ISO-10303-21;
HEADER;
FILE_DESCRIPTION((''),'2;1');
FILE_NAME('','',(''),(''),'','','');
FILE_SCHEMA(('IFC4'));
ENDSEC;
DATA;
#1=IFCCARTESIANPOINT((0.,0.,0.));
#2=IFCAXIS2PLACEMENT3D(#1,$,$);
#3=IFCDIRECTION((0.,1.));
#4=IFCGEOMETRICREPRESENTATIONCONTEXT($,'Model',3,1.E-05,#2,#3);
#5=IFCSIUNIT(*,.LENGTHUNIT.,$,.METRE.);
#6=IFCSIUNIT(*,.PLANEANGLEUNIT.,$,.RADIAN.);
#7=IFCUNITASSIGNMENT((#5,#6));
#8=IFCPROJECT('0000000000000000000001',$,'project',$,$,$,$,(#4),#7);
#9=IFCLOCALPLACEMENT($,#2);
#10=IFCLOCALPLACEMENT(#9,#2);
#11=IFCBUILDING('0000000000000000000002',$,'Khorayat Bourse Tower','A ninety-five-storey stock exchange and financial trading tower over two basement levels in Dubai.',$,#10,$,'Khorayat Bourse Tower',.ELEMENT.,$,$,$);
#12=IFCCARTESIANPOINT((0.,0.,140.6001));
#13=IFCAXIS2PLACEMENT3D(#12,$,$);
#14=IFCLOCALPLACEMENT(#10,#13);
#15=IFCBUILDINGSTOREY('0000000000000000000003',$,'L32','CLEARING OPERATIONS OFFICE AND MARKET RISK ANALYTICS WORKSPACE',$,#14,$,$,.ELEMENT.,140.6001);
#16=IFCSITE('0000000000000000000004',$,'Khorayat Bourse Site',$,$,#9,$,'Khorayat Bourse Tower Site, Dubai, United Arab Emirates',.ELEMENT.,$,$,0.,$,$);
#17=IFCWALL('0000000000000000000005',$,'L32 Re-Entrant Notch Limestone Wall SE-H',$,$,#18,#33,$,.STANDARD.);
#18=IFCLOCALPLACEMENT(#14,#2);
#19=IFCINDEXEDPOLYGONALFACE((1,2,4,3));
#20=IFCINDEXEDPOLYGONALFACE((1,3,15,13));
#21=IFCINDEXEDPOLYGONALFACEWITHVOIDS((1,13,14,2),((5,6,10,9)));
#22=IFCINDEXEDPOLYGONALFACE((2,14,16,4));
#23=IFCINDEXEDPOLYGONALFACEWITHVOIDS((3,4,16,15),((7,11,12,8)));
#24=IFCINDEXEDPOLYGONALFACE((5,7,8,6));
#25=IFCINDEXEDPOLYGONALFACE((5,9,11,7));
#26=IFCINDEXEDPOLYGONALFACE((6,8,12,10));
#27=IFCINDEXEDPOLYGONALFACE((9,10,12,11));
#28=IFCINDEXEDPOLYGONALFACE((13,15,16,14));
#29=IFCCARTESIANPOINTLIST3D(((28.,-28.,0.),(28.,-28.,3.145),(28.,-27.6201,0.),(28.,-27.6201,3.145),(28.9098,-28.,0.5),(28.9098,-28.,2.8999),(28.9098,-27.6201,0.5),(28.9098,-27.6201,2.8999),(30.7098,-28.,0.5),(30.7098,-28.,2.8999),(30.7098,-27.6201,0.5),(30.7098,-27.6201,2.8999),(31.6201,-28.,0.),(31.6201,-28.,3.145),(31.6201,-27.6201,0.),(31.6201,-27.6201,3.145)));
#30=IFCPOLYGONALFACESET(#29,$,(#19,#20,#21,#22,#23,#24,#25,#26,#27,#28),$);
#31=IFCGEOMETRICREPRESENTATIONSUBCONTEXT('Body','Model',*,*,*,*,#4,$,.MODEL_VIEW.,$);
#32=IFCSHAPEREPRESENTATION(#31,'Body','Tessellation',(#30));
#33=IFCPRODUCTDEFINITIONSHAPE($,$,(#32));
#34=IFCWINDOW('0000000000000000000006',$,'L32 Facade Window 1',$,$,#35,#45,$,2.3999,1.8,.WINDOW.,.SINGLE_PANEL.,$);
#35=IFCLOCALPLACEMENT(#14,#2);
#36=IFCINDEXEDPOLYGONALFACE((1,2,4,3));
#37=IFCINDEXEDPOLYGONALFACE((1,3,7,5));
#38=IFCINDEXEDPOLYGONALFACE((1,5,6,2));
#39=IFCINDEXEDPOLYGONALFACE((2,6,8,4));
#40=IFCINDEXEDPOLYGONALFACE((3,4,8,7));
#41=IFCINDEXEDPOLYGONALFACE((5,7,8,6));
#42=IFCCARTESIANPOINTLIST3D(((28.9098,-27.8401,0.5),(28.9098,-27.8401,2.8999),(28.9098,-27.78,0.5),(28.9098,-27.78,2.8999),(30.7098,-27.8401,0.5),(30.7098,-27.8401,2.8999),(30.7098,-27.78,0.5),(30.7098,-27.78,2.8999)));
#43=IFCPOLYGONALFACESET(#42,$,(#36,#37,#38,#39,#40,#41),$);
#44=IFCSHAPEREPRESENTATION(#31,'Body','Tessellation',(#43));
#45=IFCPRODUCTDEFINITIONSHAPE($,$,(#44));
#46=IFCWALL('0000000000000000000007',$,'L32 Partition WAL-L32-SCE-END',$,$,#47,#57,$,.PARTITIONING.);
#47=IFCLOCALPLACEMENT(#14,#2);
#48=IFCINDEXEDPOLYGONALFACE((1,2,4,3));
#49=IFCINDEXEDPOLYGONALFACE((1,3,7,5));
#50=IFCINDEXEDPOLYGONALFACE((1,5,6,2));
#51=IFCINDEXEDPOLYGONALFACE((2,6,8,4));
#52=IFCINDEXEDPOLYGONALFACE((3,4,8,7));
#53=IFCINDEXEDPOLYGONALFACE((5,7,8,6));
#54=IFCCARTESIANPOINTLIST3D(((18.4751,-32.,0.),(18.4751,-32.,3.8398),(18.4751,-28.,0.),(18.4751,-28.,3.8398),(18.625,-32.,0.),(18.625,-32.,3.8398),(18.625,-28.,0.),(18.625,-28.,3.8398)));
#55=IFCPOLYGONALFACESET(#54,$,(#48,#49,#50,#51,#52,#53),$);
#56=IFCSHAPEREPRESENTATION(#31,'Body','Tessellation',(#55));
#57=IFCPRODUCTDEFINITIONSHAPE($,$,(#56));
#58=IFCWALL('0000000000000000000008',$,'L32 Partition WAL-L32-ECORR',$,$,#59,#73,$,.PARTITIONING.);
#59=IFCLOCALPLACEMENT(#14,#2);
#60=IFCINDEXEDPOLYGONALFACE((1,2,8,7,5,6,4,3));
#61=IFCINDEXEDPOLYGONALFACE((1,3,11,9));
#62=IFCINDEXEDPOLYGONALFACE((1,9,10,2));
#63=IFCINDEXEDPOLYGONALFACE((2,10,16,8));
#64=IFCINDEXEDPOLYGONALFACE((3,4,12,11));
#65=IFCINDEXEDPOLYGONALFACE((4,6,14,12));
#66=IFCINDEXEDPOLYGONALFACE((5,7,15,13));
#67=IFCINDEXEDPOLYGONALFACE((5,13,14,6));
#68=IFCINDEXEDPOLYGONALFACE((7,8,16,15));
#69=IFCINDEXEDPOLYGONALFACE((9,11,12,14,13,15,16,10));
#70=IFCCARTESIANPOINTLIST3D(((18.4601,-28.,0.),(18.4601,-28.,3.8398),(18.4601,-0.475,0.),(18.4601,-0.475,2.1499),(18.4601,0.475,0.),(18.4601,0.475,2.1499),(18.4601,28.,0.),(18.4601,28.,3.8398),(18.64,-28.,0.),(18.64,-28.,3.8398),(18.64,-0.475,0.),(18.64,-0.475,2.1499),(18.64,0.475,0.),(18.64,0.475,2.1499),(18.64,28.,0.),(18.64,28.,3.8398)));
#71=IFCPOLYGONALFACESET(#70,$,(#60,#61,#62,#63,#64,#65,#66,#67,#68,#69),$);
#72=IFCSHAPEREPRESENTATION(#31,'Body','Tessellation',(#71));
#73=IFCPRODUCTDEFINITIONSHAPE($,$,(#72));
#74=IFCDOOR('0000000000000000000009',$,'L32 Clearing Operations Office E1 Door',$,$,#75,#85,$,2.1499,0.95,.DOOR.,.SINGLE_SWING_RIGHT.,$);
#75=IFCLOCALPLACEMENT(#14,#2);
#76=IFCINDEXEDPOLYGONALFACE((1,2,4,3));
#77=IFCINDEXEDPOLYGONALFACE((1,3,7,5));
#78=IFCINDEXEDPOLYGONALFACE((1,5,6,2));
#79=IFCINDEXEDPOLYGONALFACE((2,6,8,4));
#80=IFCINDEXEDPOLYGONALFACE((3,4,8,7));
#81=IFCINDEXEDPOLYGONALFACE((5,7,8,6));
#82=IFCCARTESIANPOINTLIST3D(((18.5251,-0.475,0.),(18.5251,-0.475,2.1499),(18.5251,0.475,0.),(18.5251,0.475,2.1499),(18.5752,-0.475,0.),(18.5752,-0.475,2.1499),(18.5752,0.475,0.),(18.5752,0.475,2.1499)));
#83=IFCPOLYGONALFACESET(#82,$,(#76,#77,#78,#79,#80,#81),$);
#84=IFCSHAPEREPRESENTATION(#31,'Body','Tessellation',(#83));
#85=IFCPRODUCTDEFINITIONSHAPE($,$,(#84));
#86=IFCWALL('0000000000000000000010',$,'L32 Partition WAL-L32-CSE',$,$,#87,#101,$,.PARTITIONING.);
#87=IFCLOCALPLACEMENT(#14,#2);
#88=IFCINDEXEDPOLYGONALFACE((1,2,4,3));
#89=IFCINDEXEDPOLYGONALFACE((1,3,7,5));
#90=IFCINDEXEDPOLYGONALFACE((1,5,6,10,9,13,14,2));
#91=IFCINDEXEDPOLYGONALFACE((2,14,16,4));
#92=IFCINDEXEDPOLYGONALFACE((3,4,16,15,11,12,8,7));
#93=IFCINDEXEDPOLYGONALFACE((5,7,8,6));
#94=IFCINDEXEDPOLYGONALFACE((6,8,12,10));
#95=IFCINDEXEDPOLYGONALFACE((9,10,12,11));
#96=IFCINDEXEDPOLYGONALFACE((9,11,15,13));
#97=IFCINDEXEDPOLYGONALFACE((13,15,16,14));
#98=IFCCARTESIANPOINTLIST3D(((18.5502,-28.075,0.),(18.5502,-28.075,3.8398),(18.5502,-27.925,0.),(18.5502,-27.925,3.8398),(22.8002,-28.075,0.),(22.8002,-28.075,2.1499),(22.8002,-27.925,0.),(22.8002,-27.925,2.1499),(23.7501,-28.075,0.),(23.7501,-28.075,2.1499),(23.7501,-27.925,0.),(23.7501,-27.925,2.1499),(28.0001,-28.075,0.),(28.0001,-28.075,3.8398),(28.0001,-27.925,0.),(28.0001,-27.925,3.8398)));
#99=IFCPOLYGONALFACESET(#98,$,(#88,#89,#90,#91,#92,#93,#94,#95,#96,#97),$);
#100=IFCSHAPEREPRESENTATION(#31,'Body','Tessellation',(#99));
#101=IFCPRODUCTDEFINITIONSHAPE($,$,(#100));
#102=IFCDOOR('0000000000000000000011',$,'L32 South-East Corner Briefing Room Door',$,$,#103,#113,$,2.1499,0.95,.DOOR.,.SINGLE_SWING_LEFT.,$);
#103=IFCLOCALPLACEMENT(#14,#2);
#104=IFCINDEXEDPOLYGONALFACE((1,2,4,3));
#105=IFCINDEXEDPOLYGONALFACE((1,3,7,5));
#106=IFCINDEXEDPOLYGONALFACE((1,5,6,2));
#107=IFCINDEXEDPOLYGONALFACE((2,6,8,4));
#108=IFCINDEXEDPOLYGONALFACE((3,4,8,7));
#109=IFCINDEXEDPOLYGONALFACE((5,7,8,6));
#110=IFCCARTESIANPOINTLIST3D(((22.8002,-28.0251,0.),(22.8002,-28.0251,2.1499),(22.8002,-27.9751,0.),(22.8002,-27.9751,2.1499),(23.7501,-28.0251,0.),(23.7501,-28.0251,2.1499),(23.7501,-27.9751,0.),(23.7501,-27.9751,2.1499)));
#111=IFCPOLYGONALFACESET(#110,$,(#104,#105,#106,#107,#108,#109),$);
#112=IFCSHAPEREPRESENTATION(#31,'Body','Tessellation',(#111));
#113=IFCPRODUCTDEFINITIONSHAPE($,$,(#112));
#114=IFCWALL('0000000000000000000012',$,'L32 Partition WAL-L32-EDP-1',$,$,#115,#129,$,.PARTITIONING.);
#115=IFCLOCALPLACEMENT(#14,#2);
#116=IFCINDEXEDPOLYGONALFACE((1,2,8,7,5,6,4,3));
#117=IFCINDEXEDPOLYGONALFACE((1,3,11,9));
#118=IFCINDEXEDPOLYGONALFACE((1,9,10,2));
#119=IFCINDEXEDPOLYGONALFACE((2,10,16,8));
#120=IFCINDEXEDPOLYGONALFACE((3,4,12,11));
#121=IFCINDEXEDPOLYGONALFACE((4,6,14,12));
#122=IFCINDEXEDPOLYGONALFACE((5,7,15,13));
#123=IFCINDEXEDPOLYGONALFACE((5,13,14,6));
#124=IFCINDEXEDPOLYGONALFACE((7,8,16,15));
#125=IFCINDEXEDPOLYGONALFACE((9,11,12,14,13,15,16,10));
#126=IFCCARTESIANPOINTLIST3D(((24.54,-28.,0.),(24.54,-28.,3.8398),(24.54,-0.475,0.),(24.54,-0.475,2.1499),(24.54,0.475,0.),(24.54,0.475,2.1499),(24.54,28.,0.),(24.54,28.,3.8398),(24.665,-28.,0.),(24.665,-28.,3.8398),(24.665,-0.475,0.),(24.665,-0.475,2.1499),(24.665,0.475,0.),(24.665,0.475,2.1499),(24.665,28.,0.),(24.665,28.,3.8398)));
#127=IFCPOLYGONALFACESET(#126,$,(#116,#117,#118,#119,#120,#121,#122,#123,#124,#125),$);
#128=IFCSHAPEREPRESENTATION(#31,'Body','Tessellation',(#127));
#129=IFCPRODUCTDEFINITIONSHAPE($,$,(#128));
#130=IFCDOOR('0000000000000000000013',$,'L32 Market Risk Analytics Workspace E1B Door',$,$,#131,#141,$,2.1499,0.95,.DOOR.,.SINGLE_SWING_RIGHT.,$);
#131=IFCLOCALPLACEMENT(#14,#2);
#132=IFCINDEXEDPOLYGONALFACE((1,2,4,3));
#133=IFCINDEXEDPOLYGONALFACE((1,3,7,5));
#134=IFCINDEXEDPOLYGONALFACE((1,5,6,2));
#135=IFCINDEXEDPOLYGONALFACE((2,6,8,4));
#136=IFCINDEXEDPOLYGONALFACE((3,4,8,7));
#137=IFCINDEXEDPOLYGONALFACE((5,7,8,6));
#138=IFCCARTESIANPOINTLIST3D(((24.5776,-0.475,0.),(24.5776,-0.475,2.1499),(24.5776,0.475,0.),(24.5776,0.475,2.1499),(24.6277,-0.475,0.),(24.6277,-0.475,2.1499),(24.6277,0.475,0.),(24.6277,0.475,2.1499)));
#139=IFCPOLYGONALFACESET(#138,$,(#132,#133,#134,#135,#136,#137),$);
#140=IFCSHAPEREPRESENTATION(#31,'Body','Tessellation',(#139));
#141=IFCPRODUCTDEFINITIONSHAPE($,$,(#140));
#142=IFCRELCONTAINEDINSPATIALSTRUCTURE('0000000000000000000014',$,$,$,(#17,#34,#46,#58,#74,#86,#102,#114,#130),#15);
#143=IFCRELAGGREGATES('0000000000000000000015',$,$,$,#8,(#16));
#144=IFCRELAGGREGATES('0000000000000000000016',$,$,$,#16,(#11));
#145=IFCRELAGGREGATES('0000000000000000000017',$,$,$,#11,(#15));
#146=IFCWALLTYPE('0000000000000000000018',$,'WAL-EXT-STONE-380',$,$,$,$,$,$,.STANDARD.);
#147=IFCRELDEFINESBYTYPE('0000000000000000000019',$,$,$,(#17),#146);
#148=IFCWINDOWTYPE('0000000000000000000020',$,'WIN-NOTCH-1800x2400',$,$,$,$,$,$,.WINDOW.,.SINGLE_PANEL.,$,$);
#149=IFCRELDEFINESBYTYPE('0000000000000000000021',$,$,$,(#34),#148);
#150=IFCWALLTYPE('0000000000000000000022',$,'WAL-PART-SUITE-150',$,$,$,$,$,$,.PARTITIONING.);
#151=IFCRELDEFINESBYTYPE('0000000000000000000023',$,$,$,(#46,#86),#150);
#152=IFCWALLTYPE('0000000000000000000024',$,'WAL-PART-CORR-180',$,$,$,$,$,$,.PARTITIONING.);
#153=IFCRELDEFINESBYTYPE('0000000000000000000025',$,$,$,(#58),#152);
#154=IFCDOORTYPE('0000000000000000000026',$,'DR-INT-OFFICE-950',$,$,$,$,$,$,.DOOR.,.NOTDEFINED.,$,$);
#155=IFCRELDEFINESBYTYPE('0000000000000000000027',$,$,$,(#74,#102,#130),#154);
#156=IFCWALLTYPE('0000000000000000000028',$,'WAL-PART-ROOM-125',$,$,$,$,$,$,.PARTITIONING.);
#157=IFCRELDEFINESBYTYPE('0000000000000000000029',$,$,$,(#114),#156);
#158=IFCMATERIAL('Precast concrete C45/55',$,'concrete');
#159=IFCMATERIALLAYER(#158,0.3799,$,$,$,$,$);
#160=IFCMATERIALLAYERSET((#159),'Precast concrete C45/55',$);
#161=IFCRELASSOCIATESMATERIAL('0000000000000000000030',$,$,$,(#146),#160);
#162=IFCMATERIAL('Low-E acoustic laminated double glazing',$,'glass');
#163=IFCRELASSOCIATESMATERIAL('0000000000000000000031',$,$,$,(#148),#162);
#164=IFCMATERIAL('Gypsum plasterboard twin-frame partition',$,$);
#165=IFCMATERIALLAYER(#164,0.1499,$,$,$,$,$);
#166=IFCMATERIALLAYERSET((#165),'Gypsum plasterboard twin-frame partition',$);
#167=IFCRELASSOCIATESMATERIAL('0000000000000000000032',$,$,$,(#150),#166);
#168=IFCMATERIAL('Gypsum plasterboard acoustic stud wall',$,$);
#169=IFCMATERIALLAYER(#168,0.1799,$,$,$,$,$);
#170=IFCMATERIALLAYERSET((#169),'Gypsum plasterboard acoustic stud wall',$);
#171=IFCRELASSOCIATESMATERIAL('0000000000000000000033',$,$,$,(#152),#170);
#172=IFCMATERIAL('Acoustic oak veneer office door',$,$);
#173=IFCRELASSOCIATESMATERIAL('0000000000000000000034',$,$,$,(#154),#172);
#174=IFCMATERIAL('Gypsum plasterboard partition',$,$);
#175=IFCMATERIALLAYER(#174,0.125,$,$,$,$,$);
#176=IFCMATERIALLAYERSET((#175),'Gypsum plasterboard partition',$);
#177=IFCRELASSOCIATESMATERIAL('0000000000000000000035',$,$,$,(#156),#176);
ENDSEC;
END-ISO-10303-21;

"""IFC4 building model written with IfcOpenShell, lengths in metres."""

from ifc_helpers import new_model, si_unit, direction, frame, frame_2d, origin, place, context, subcontext, project, spatial, rectangle, extrude, source, transform, mapped, material, layer, layer_set, type_object, element, fill, save


model = new_model("IFC4")

# Units and contexts
model_context = context("Model", 3, precision=1e-05, world=origin(), true_north=direction((0.0, 1.0)))
body_context = subcontext(model_context, "Body", "Model", "MODEL_VIEW")
ifc_project = project(units=[si_unit("LENGTHUNIT", "METRE"), si_unit("PLANEANGLEUNIT", "RADIAN")], contexts=[model_context])

# Site, building, storey
site_placement = place(None, origin())
site = spatial("IfcSite", under=ifc_project, at=site_placement, Name="Khorayat Bourse Site", LongName="Khorayat Bourse Tower Site, Dubai, United Arab Emirates", CompositionType="ELEMENT", RefElevation=0.0)
building_placement = place(site_placement, origin())
building = spatial("IfcBuilding", under=site, at=building_placement, Name="Khorayat Bourse Tower", Description="A ninety-five-storey stock exchange and financial trading tower over two basement levels in Dubai.", LongName="Khorayat Bourse Tower", CompositionType="ELEMENT")
storey_placement = place(building_placement, frame((0.0, 0.0, 140.6001)))
storey = spatial("IfcBuildingStorey", under=building, at=storey_placement, Name="L32", Description="CLEARING OPERATIONS OFFICE AND MARKET RISK ANALYTICS WORKSPACE", CompositionType="ELEMENT", Elevation=140.6001)

# Wall, opening, window
ifc_material_1 = material(Name="Precast concrete C45/55", Category="concrete")
ifc_layer_1 = layer(ifc_material_1, 0.3799)
ifc_layer_set_1 = layer_set([ifc_layer_1], Name="Precast concrete C45/55")
wall_type_1 = type_object("IfcWallType", Name="WAL-EXT-STONE-380", PredefinedType="STANDARD", material=ifc_layer_set_1)
shared_shape_1 = source(origin(), body_context, "Body", "SweptSolid", [
    extrude(rectangle(XDim=3.6201, YDim=0.3799, at=frame_2d((1.8101, 0.0))), origin(), (0.0, 0.0, 1.0), 3.145),
])
shared_shape_2 = source(origin(), body_context, "Body", "SweptSolid", [
    extrude(rectangle(XDim=1.8, YDim=2.3999, at=frame_2d((0.8999, 1.2))), frame((0.0, 0.2, 0.0), z_axis=(0.0, -1.0, 0.0), x_axis=(1.0, 0.0, 0.0)), (0.0, 0.0, 1.0), 0.3999),
])
ifc_material_2 = material(Name="Low-E acoustic laminated double glazing", Category="glass")
window_type = type_object("IfcWindowType", Name="WIN-NOTCH-1800x2400", PartitioningType="SINGLE_PANEL", PredefinedType="WINDOW", material=ifc_material_2)
shared_shape_3 = source(origin(), body_context, "Body", "SweptSolid", [
    extrude(rectangle(XDim=1.8, YDim=2.3999, at=frame_2d((0.8999, 1.2))), frame((0.0, 0.03, 0.0), z_axis=(0.0, -1.0, 0.0), x_axis=(1.0, 0.0, 0.0)), (0.0, 0.0, 1.0), 0.0601),
])
wall_1_placement = place(storey_placement, frame((28.0, -27.8101, 0.0), z_axis=(0.0, 0.0, 1.0), x_axis=(1.0, 0.0, 0.0)))
wall_1 = element("IfcWall", 1, at=wall_1_placement, inside=storey, type_object=wall_type_1, Name="L32 Re-Entrant Notch Limestone Wall SE-H", PredefinedType="STANDARD", context=body_context, shape_type="MappedRepresentation", body=[
    mapped(shared_shape_1, transform((0.0, 0.0, 0.0), scale=1.0)),
])
opening_1_placement = place(wall_1_placement, frame((0.9099, 0.0, 0.5)))
opening_1 = element("IfcOpeningElement", 2, at=opening_1_placement, cuts=wall_1, PredefinedType="OPENING", context=body_context, shape_type="MappedRepresentation", body=[
    mapped(shared_shape_2, transform((0.0, 0.0, 0.0), scale=1.0)),
])
window_1_placement = place(opening_1_placement, origin())
window_1 = element("IfcWindow", 3, at=window_1_placement, inside=storey, type_object=window_type, Name="L32 Facade Window 1", OverallHeight=2.3999, OverallWidth=1.8, PartitioningType="SINGLE_PANEL", PredefinedType="WINDOW", context=body_context, shape_type="MappedRepresentation", body=[
    mapped(shared_shape_3, transform((0.0, 0.0, 0.0), scale=1.0)),
])
fill(opening_1, window_1)

# Wall
ifc_material_3 = material(Name="Gypsum plasterboard twin-frame partition")
ifc_layer_2 = layer(ifc_material_3, 0.1499)
ifc_layer_set_2 = layer_set([ifc_layer_2], Name="Gypsum plasterboard twin-frame partition")
wall_type_2 = type_object("IfcWallType", Name="WAL-PART-SUITE-150", PredefinedType="PARTITIONING", material=ifc_layer_set_2)
shared_shape_4 = source(origin(), body_context, "Body", "SweptSolid", [
    extrude(rectangle(XDim=4.0, YDim=0.1499, at=frame_2d((2.0, 0.0))), origin(), (0.0, 0.0, 1.0), 3.8398),
])
wall_2_placement = place(storey_placement, frame((18.55, -32.0, 0.0), z_axis=(0.0, 0.0, 1.0), x_axis=(0.0, 1.0, 0.0)))
element("IfcWall", 4, at=wall_2_placement, inside=storey, type_object=wall_type_2, Name="L32 Partition WAL-L32-SCE-END", PredefinedType="PARTITIONING", context=body_context, shape_type="MappedRepresentation", body=[
    mapped(shared_shape_4, transform((0.0, 0.0, 0.0), scale=1.0)),
])

# Walls, openings, doors
ifc_material_4 = material(Name="Gypsum plasterboard acoustic stud wall")
ifc_layer_3 = layer(ifc_material_4, 0.1799)
ifc_layer_set_3 = layer_set([ifc_layer_3], Name="Gypsum plasterboard acoustic stud wall")
wall_type_3 = type_object("IfcWallType", Name="WAL-PART-CORR-180", PredefinedType="PARTITIONING", material=ifc_layer_set_3)
shared_shape_5 = source(origin(), body_context, "Body", "SweptSolid", [
    extrude(rectangle(XDim=56.0, YDim=0.1799, at=frame_2d((28.0, 0.0))), origin(), (0.0, 0.0, 1.0), 3.8398),
])
wall_3_placement = place(storey_placement, frame((18.55, -28.0, 0.0), z_axis=(0.0, 0.0, 1.0), x_axis=(0.0, 1.0, 0.0)))
wall_3 = element("IfcWall", 5, at=wall_3_placement, inside=storey, type_object=wall_type_3, Name="L32 Partition WAL-L32-ECORR", PredefinedType="PARTITIONING", context=body_context, shape_type="MappedRepresentation", body=[
    mapped(shared_shape_5, transform((0.0, 0.0, 0.0), scale=1.0)),
])
shared_shape_6 = source(origin(), body_context, "Body", "SweptSolid", [
    extrude(rectangle(XDim=0.95, YDim=2.1499, at=frame_2d((0.4751, 1.075))), frame((0.0, 0.0999, 0.0), z_axis=(0.0, -1.0, 0.0), x_axis=(1.0, 0.0, 0.0)), (0.0, 0.0, 1.0), 0.2),
])
opening_2_placement = place(wall_3_placement, frame((27.5249, 0.0, 0.0)))
opening_2 = element("IfcOpeningElement", 6, at=opening_2_placement, cuts=wall_3, PredefinedType="OPENING", context=body_context, shape_type="MappedRepresentation", body=[
    mapped(shared_shape_6, transform((0.0, 0.0, 0.0), scale=1.0)),
])
ifc_material_5 = material(Name="Acoustic oak veneer office door")
door_type = type_object("IfcDoorType", Name="DR-INT-OFFICE-950", OperationType="NOTDEFINED", PredefinedType="DOOR", material=ifc_material_5)
shared_shape_7 = source(origin(), body_context, "Body", "SweptSolid", [
    extrude(rectangle(XDim=0.95, YDim=2.1499, at=frame_2d((0.4751, 1.075))), frame((0.0, 0.0249, 0.0), z_axis=(0.0, -1.0, 0.0), x_axis=(1.0, 0.0, 0.0)), (0.0, 0.0, 1.0), 0.05),
])
door_1_placement = place(opening_2_placement, origin())
door_1 = element("IfcDoor", 7, at=door_1_placement, inside=storey, type_object=door_type, Name="L32 Clearing Operations Office E1 Door", OperationType="SINGLE_SWING_RIGHT", OverallHeight=2.1499, OverallWidth=0.95, PredefinedType="DOOR", context=body_context, shape_type="MappedRepresentation", body=[
    mapped(shared_shape_7, transform((0.0, 0.0, 0.0), scale=1.0)),
])
fill(opening_2, door_1)
shared_shape_8 = source(origin(), body_context, "Body", "SweptSolid", [
    extrude(rectangle(XDim=9.45, YDim=0.1499, at=frame_2d((4.7251, 0.0))), origin(), (0.0, 0.0, 1.0), 3.8398),
])
wall_4_placement = place(storey_placement, frame((18.55, -28.0, 0.0), z_axis=(0.0, 0.0, 1.0), x_axis=(1.0, 0.0, 0.0)))
wall_4 = element("IfcWall", 8, at=wall_4_placement, inside=storey, type_object=wall_type_2, Name="L32 Partition WAL-L32-CSE", PredefinedType="PARTITIONING", context=body_context, shape_type="MappedRepresentation", body=[
    mapped(shared_shape_8, transform((0.0, 0.0, 0.0), scale=1.0)),
])
shared_shape_9 = source(origin(), body_context, "Body", "SweptSolid", [
    extrude(rectangle(XDim=0.95, YDim=2.1499, at=frame_2d((0.4751, 1.075))), frame((0.0, 0.085, 0.0), z_axis=(0.0, -1.0, 0.0), x_axis=(1.0, 0.0, 0.0)), (0.0, 0.0, 1.0), 0.1699),
])
opening_3_placement = place(wall_4_placement, frame((4.25, 0.0, 0.0)))
opening_3 = element("IfcOpeningElement", 9, at=opening_3_placement, cuts=wall_4, PredefinedType="OPENING", context=body_context, shape_type="MappedRepresentation", body=[
    mapped(shared_shape_9, transform((0.0, 0.0, 0.0), scale=1.0)),
])
door_2_placement = place(opening_3_placement, origin())
door_2 = element("IfcDoor", 10, at=door_2_placement, inside=storey, type_object=door_type, Name="L32 South-East Corner Briefing Room Door", OperationType="SINGLE_SWING_LEFT", OverallHeight=2.1499, OverallWidth=0.95, PredefinedType="DOOR", context=body_context, shape_type="MappedRepresentation", body=[
    mapped(shared_shape_7, transform((0.0, 0.0, 0.0), scale=1.0)),
])
fill(opening_3, door_2)
ifc_material_6 = material(Name="Gypsum plasterboard partition")
ifc_layer_4 = layer(ifc_material_6, 0.125)
ifc_layer_set_4 = layer_set([ifc_layer_4], Name="Gypsum plasterboard partition")
wall_type_4 = type_object("IfcWallType", Name="WAL-PART-ROOM-125", PredefinedType="PARTITIONING", material=ifc_layer_set_4)
shared_shape_10 = source(origin(), body_context, "Body", "SweptSolid", [
    extrude(rectangle(XDim=56.0, YDim=0.125, at=frame_2d((28.0, 0.0))), origin(), (0.0, 0.0, 1.0), 3.8398),
])
wall_5_placement = place(storey_placement, frame((24.6025, -28.0, 0.0), z_axis=(0.0, 0.0, 1.0), x_axis=(0.0, 1.0, 0.0)))
wall_5 = element("IfcWall", 11, at=wall_5_placement, inside=storey, type_object=wall_type_4, Name="L32 Partition WAL-L32-EDP-1", PredefinedType="PARTITIONING", context=body_context, shape_type="MappedRepresentation", body=[
    mapped(shared_shape_10, transform((0.0, 0.0, 0.0), scale=1.0)),
])
shared_shape_11 = source(origin(), body_context, "Body", "SweptSolid", [
    extrude(rectangle(XDim=0.95, YDim=2.1499, at=frame_2d((0.4751, 1.075))), frame((0.0, 0.0725, 0.0), z_axis=(0.0, -1.0, 0.0), x_axis=(1.0, 0.0, 0.0)), (0.0, 0.0, 1.0), 0.145),
])
opening_4_placement = place(wall_5_placement, frame((27.5249, 0.0, 0.0)))
opening_4 = element("IfcOpeningElement", 12, at=opening_4_placement, cuts=wall_5, PredefinedType="OPENING", context=body_context, shape_type="MappedRepresentation", body=[
    mapped(shared_shape_11, transform((0.0, 0.0, 0.0), scale=1.0)),
])
door_3_placement = place(opening_4_placement, origin())
door_3 = element("IfcDoor", 13, at=door_3_placement, inside=storey, type_object=door_type, Name="L32 Market Risk Analytics Workspace E1B Door", OperationType="SINGLE_SWING_RIGHT", OverallHeight=2.1499, OverallWidth=0.95, PredefinedType="DOOR", context=body_context, shape_type="MappedRepresentation", body=[
    mapped(shared_shape_7, transform((0.0, 0.0, 0.0), scale=1.0)),
])
fill(opening_4, door_3)

save(model, "model.ifc")
